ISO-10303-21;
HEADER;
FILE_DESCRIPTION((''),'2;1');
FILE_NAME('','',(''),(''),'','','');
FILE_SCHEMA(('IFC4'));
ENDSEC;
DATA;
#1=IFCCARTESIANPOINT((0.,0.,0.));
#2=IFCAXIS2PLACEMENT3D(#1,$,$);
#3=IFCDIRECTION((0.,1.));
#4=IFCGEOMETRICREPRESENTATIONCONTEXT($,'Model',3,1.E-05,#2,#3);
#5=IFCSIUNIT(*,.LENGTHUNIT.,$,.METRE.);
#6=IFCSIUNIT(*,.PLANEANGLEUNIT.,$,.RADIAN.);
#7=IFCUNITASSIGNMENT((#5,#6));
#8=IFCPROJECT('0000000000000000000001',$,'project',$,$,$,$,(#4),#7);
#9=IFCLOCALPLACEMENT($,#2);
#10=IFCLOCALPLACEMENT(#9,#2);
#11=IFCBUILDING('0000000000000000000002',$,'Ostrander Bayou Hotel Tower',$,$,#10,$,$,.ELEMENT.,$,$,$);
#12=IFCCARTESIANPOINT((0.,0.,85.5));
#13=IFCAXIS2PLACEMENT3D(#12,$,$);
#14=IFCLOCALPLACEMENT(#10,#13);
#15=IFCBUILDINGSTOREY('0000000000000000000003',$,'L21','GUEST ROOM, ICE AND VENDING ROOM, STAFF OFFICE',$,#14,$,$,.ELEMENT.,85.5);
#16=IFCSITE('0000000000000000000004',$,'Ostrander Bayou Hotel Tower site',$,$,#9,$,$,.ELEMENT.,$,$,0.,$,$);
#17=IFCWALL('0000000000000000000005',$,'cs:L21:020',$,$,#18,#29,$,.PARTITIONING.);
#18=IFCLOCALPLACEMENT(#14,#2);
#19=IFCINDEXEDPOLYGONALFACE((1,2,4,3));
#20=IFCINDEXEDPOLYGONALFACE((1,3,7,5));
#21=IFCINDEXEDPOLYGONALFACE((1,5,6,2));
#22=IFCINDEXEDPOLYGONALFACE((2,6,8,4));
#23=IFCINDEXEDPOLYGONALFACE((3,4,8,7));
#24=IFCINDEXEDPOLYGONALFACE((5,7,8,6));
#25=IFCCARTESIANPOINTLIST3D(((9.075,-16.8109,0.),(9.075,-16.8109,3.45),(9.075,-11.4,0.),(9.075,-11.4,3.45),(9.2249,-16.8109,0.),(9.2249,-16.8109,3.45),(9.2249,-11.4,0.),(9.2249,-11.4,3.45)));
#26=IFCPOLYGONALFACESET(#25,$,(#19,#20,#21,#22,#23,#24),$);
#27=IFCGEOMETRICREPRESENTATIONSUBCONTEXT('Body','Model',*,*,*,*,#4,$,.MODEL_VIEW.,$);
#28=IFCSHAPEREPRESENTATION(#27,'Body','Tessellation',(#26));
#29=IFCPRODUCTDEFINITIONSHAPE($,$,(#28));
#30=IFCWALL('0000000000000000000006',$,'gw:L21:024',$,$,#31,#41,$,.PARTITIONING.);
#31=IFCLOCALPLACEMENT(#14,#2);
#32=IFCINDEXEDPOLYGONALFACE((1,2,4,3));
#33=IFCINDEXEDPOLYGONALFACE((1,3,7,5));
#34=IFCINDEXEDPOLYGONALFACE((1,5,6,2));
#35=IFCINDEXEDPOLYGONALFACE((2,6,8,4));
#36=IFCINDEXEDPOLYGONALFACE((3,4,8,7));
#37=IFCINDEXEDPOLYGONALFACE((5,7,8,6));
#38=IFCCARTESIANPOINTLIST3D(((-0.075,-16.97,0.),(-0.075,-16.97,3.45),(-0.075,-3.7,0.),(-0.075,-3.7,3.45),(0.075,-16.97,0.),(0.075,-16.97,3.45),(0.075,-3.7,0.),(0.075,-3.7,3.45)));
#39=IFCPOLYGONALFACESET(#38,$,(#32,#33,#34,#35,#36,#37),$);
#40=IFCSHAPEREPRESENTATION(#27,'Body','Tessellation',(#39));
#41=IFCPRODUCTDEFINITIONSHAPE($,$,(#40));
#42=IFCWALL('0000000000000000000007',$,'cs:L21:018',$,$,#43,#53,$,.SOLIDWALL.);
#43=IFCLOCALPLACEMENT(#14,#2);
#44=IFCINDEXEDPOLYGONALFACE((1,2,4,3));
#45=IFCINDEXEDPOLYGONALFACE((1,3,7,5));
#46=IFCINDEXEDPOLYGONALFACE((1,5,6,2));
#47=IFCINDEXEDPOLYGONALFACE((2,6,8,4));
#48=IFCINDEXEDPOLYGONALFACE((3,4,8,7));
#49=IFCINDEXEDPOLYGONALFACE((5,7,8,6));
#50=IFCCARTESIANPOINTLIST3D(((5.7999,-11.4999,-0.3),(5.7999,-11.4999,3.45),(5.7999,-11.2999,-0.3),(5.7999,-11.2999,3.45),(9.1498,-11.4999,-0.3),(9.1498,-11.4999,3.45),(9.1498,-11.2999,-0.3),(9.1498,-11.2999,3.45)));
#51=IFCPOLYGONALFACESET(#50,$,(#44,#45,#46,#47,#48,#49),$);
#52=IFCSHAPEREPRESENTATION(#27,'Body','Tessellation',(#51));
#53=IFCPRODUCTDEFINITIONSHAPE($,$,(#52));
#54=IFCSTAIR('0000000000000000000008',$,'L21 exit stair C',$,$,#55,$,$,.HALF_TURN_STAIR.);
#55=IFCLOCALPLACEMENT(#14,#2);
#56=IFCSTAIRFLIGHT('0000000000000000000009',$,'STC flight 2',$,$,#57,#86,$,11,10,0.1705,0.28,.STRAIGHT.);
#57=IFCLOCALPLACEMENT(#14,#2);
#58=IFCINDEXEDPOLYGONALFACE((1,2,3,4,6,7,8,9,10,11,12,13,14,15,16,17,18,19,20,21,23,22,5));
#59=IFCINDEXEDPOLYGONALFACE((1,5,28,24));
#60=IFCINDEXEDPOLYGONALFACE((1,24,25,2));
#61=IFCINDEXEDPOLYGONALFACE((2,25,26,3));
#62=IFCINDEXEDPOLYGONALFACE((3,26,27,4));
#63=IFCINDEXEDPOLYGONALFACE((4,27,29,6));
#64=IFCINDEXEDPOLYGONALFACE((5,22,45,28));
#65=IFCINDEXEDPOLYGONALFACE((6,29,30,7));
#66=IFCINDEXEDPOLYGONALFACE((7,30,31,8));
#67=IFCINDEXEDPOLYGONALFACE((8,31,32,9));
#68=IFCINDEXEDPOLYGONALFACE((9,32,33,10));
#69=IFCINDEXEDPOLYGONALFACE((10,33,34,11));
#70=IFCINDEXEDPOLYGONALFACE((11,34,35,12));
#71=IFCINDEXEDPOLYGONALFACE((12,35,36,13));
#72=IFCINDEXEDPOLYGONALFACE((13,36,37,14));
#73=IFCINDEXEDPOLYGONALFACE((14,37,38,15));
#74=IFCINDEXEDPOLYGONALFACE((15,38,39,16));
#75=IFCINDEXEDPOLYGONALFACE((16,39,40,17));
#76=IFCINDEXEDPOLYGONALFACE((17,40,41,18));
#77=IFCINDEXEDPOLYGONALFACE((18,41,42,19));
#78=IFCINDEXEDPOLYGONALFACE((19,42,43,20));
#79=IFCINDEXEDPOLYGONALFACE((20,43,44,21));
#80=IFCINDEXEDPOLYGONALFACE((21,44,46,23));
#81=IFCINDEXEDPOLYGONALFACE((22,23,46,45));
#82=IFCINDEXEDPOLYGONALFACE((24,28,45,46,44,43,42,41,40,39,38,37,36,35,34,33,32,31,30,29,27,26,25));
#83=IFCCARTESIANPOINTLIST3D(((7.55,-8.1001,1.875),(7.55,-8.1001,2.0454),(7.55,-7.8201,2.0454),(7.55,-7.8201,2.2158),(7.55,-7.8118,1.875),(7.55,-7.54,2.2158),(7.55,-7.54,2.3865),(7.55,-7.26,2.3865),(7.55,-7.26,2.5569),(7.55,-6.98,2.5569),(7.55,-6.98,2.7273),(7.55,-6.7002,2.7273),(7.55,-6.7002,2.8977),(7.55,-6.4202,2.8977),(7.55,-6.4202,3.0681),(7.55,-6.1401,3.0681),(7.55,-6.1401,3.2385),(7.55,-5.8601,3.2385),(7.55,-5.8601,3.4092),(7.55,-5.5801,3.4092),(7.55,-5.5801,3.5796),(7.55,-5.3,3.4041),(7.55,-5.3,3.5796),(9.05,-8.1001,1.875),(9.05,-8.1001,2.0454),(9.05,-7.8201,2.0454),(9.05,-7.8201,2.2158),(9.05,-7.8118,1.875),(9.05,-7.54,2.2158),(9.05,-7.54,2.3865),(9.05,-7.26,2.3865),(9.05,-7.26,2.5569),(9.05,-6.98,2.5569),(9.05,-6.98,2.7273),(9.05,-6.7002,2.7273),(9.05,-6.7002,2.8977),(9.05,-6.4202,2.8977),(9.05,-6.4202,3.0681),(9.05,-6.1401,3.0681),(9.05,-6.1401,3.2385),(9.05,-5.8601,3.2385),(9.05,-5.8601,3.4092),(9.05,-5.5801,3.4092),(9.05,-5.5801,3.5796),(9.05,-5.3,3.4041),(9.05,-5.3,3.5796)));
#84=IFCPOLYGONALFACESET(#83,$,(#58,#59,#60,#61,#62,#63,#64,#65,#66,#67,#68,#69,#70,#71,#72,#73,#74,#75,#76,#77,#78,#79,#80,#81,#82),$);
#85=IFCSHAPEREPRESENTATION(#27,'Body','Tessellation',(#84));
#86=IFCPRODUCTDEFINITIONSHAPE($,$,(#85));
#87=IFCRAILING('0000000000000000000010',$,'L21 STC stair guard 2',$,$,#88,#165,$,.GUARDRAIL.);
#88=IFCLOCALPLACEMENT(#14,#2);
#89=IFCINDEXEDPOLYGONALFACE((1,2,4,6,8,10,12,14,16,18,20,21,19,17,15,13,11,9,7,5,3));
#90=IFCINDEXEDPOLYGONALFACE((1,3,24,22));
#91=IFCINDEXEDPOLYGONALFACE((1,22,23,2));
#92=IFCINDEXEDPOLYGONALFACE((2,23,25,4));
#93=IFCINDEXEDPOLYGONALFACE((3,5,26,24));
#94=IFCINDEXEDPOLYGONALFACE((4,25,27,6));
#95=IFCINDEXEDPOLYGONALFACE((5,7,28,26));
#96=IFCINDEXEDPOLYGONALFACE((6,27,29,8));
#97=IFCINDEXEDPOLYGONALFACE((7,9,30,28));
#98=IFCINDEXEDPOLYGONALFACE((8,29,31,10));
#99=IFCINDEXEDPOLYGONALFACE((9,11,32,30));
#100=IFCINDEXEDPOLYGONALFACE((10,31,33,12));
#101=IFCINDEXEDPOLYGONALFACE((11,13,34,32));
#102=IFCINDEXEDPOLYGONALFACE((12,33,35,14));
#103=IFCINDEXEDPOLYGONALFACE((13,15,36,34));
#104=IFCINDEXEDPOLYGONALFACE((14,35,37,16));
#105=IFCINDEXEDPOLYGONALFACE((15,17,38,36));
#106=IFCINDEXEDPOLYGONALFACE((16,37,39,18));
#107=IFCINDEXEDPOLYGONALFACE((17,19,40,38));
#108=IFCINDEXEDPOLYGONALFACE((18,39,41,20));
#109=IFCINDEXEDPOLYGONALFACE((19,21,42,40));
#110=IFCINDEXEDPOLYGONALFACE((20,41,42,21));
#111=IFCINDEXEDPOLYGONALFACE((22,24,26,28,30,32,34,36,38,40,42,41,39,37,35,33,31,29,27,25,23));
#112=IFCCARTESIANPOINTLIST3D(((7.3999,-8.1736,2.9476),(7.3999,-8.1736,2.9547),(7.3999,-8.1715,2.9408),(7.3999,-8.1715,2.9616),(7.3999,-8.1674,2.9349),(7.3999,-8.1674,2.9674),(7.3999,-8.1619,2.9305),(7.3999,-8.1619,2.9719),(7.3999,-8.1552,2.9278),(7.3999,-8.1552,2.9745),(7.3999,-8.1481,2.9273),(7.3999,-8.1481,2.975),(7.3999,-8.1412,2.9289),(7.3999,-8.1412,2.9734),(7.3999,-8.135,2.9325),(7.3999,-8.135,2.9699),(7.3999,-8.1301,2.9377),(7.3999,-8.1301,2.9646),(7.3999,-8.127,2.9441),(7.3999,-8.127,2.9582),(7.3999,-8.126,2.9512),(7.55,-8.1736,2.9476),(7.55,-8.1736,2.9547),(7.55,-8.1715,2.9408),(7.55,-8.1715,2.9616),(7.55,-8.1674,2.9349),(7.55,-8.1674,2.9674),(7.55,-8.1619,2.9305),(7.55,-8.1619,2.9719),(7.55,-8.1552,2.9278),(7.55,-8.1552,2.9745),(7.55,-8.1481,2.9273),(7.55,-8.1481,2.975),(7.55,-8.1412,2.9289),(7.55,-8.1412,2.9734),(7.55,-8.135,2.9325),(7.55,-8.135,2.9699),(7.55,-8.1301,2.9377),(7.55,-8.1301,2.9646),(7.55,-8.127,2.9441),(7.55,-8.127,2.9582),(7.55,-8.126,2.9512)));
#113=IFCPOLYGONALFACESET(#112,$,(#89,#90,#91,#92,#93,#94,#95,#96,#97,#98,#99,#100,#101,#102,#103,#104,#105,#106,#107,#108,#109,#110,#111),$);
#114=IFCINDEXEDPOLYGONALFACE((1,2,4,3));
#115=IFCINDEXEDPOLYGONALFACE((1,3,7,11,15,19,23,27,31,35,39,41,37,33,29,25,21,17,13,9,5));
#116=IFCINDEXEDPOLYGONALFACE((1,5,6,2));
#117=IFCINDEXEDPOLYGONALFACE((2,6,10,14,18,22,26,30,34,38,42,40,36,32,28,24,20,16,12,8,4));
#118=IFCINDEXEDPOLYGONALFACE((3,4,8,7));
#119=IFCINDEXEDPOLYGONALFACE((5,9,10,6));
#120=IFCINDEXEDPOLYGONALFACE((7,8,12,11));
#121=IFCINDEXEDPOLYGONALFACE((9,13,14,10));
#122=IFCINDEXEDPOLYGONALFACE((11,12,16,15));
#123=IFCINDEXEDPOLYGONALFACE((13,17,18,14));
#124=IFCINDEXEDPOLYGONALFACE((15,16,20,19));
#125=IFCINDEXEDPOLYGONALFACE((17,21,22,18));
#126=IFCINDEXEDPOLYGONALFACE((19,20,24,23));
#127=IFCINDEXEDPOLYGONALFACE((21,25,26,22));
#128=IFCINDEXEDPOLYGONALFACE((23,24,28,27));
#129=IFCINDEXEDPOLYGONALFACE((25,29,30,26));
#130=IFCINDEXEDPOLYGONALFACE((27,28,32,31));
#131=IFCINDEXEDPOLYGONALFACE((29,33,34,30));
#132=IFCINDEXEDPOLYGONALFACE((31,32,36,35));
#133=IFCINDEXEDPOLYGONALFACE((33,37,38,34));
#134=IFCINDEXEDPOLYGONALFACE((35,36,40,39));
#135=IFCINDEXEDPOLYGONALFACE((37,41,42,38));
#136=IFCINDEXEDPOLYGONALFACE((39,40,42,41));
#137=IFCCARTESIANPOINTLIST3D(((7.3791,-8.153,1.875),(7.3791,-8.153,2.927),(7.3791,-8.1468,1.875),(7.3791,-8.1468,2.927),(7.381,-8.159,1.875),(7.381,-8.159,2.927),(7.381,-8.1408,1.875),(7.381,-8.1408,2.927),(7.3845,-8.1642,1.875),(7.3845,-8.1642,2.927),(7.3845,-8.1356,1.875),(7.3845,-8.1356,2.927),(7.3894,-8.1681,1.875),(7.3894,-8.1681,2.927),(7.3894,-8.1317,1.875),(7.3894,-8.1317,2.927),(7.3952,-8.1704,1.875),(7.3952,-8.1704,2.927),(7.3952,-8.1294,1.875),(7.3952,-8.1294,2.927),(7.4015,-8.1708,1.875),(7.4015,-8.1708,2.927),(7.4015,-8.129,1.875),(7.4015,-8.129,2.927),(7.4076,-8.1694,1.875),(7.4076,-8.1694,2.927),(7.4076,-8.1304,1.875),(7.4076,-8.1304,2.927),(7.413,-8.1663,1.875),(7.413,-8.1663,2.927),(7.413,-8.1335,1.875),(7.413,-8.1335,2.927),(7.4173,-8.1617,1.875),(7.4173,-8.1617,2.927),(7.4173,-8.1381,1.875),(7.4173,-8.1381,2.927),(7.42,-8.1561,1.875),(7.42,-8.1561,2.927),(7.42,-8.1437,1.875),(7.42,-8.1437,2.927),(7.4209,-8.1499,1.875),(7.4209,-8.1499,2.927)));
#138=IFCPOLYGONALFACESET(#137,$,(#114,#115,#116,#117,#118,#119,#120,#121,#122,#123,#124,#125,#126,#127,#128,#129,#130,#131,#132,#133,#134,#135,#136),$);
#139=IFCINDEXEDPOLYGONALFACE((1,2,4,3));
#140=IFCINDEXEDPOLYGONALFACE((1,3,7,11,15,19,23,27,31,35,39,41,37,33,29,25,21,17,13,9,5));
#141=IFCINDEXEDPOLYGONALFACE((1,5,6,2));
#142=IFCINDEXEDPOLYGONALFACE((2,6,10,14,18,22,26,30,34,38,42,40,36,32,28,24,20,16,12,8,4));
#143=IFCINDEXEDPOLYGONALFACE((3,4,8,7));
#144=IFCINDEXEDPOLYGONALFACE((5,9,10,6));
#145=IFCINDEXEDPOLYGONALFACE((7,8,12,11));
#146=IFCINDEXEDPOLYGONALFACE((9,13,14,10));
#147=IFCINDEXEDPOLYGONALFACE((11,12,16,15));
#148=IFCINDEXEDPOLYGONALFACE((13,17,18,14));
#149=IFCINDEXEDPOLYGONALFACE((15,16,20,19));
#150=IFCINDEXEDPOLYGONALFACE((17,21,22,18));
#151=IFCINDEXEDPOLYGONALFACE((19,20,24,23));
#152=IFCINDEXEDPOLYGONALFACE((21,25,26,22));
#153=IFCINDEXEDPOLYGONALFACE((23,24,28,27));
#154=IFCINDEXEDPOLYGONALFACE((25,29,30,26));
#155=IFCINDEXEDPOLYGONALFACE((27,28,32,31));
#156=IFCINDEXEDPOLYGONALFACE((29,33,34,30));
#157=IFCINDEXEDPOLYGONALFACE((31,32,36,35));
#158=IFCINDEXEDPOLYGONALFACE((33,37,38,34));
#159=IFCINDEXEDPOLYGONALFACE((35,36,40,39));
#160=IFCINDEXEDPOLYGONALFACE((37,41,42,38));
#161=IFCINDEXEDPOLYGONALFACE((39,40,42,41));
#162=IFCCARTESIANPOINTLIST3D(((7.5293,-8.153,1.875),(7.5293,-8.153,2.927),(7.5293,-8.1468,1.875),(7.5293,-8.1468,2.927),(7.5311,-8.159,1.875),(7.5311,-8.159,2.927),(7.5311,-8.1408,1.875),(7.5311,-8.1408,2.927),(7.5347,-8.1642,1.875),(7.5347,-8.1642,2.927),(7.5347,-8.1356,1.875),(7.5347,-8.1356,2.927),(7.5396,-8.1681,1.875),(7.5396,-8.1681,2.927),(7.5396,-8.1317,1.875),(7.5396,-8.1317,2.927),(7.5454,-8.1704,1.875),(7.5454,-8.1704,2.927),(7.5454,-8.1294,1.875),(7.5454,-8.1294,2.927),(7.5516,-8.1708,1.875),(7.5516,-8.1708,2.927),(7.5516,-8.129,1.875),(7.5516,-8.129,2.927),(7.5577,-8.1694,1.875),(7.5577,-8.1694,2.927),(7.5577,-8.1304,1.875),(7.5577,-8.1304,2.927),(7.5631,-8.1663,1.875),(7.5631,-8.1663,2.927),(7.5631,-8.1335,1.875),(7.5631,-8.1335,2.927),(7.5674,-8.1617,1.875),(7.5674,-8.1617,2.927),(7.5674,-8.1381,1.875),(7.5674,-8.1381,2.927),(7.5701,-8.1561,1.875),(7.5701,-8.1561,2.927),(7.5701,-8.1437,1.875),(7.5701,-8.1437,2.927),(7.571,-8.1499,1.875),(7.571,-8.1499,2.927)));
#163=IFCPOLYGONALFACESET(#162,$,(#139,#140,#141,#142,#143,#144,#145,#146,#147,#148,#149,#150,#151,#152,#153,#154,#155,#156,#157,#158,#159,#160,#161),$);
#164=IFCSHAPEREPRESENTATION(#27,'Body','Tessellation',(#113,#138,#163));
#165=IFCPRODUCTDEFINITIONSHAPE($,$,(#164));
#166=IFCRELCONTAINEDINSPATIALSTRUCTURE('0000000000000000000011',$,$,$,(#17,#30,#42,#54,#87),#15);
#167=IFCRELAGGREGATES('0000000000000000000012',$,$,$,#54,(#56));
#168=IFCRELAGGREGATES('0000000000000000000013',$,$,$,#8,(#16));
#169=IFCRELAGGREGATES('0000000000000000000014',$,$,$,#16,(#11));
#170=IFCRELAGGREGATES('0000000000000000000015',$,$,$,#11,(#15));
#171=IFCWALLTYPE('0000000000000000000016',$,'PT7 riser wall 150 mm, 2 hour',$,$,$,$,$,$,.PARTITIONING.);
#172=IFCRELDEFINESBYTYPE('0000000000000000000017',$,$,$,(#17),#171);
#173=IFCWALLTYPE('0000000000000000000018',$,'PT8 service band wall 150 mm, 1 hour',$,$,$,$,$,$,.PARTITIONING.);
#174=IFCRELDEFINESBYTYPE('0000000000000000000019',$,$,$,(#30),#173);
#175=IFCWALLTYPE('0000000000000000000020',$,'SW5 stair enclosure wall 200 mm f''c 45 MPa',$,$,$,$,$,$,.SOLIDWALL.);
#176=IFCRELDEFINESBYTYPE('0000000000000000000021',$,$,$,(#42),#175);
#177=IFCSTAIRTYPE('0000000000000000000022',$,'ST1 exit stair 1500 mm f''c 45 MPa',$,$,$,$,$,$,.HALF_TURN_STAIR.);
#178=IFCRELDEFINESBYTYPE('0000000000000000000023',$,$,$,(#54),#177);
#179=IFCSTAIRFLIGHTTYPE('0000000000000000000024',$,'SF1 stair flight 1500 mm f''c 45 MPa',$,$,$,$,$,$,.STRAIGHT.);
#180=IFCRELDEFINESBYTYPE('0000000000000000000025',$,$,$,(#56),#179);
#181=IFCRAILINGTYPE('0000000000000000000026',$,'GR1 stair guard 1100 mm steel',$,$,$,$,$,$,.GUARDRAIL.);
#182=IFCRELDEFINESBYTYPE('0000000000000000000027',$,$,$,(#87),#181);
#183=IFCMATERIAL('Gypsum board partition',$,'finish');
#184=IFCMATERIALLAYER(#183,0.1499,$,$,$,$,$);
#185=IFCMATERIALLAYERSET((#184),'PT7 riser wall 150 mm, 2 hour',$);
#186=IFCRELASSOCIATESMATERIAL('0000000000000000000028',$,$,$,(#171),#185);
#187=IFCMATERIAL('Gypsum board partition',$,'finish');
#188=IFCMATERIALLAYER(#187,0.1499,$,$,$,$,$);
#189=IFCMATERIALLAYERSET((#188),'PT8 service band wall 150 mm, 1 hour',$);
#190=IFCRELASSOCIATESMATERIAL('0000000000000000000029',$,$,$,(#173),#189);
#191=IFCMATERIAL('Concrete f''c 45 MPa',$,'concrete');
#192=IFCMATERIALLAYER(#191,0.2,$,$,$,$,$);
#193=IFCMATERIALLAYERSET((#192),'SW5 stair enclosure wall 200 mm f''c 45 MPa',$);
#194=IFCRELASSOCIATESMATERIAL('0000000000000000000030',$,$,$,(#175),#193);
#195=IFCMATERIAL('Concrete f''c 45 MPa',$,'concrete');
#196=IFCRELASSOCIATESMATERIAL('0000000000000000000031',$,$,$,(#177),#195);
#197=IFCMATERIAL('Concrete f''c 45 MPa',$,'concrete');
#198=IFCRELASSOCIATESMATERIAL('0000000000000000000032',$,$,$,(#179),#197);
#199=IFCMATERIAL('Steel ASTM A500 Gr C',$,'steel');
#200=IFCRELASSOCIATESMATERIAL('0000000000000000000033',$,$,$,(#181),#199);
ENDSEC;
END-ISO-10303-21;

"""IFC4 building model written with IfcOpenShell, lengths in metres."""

from ifc_helpers import new_model, si_unit, direction, frame, frame_2d, origin, origin_2d, place, context, subcontext, project, spatial, polyline, rectangle, circle, outline, extrude, material, layer, layer_set, type_object, element, aggregate, save


model = new_model("IFC4")

# Units and contexts
model_context = context("Model", 3, precision=1e-05, world=origin(), true_north=direction((0.0, 1.0)))
body_context = subcontext(model_context, "Body", "Model", "MODEL_VIEW")
ifc_project = project(units=[si_unit("LENGTHUNIT", "METRE"), si_unit("PLANEANGLEUNIT", "RADIAN")], contexts=[model_context])

# Site, building, storey
site_placement = place(None, origin())
site = spatial("IfcSite", under=ifc_project, at=site_placement, Name="Ostrander Bayou Hotel Tower site", CompositionType="ELEMENT", RefElevation=0.0)
building_placement = place(site_placement, origin())
building = spatial("IfcBuilding", under=site, at=building_placement, Name="Ostrander Bayou Hotel Tower", CompositionType="ELEMENT")
storey_placement = place(building_placement, frame((0.0, 0.0, 85.5)))
storey = spatial("IfcBuildingStorey", under=building, at=storey_placement, Name="L21", Description="GUEST ROOM, ICE AND VENDING ROOM, STAFF OFFICE", CompositionType="ELEMENT", Elevation=85.5)

# Walls
ifc_material_1 = material(Name="Gypsum board partition", Category="finish")
ifc_layer_1 = layer(ifc_material_1, 0.1499)
ifc_layer_set_1 = layer_set([ifc_layer_1], Name="PT7 riser wall 150 mm, 2 hour")
wall_type_1 = type_object("IfcWallType", Name="PT7 riser wall 150 mm, 2 hour", PredefinedType="PARTITIONING", material=ifc_layer_set_1)
wall_1_placement = place(storey_placement, frame((9.1499, -11.3999, 0.0), z_axis=(0.0, 0.0, 1.0), x_axis=(0.0, -1.0, 0.0)))
element("IfcWall", 1, at=wall_1_placement, inside=storey, type_object=wall_type_1, Name="cs:L21:020", PredefinedType="PARTITIONING", context=body_context, shape_type="SweptSolid", body=[
    extrude(rectangle(XDim=5.4109, YDim=0.1499, at=frame_2d((2.7056, 0.0))), origin(), (0.0, 0.0, 1.0), 3.45),
])
ifc_material_2 = material(Name="Gypsum board partition", Category="finish")
ifc_layer_2 = layer(ifc_material_2, 0.1499)
ifc_layer_set_2 = layer_set([ifc_layer_2], Name="PT8 service band wall 150 mm, 1 hour")
wall_type_2 = type_object("IfcWallType", Name="PT8 service band wall 150 mm, 1 hour", PredefinedType="PARTITIONING", material=ifc_layer_set_2)
wall_2_placement = place(storey_placement, frame((0.0, -16.97, 0.0), z_axis=(0.0, 0.0, 1.0), x_axis=(0.0, 1.0, 0.0)))
element("IfcWall", 2, at=wall_2_placement, inside=storey, type_object=wall_type_2, Name="gw:L21:024", PredefinedType="PARTITIONING", context=body_context, shape_type="SweptSolid", body=[
    extrude(rectangle(XDim=13.27, YDim=0.1499, at=frame_2d((6.635, 0.0))), origin(), (0.0, 0.0, 1.0), 3.45),
])
ifc_material_3 = material(Name="Concrete f'c 45 MPa", Category="concrete")
ifc_layer_3 = layer(ifc_material_3, 0.2)
ifc_layer_set_3 = layer_set([ifc_layer_3], Name="SW5 stair enclosure wall 200 mm f'c 45 MPa")
wall_type_3 = type_object("IfcWallType", Name="SW5 stair enclosure wall 200 mm f'c 45 MPa", PredefinedType="SOLIDWALL", material=ifc_layer_set_3)
wall_3_placement = place(storey_placement, frame((5.8, -11.3999, -0.3), z_axis=(0.0, 0.0, 1.0), x_axis=(1.0, 0.0, 0.0)))
element("IfcWall", 3, at=wall_3_placement, inside=storey, type_object=wall_type_3, Name="cs:L21:018", PredefinedType="SOLIDWALL", context=body_context, shape_type="SweptSolid", body=[
    extrude(rectangle(XDim=3.3499, YDim=0.2, at=frame_2d((1.6748, 0.0))), origin(), (0.0, 0.0, 1.0), 3.75),
])

# Stair, stair flight
ifc_material_4 = material(Name="Concrete f'c 45 MPa", Category="concrete")
stair_type = type_object("IfcStairType", Name="ST1 exit stair 1500 mm f'c 45 MPa", PredefinedType="HALF_TURN_STAIR", material=ifc_material_4)
stair_placement = place(storey_placement, origin())
stair = element("IfcStair", 4, at=stair_placement, inside=storey, type_object=stair_type, Name="L21 exit stair C", PredefinedType="HALF_TURN_STAIR")
ifc_material_5 = material(Name="Concrete f'c 45 MPa", Category="concrete")
stair_flight_type = type_object("IfcStairFlightType", Name="SF1 stair flight 1500 mm f'c 45 MPa", PredefinedType="STRAIGHT", material=ifc_material_5)
stair_flight_placement = place(storey_placement, frame((8.3, -8.1001, 1.875), z_axis=(0.0, 0.0, 1.0), x_axis=(0.0, 1.0, 0.0)))
stair_flight = element("IfcStairFlight", 5, at=stair_flight_placement, type_object=stair_flight_type, Name="STC flight 2", NumberOfRisers=11, NumberOfTreads=10, PredefinedType="STRAIGHT", RiserHeight=0.1705, TreadLength=0.28, context=body_context, shape_type="SweptSolid", body=[
    extrude(outline(polyline([(0.0, 0.0), (0.0, 0.1704), (0.28, 0.1704), (0.28, 0.3408), (0.5601, 0.3408), (0.5601, 0.5115), (0.8401, 0.5115), (0.8401, 0.6819), (1.1201, 0.6819), (1.1201, 0.8523), (1.3999, 0.8523), (1.3999, 1.0227), (1.6799, 1.0227), (1.6799, 1.1931), (1.96, 1.1931), (1.96, 1.3635), (2.24, 1.3635), (2.24, 1.5342), (2.52, 1.5342), (2.52, 1.7046), (2.8, 1.7046), (2.8, 1.875), (2.8, 1.5291), (0.2883, 0.0), (0.0, 0.0)])), frame((0.0, 0.75, 0.0), z_axis=(0.0, -1.0, 0.0), x_axis=(1.0, 0.0, 0.0)), (0.0, 0.0, 1.0), 1.5),
])
aggregate(stair, [stair_flight])

# Railing
ifc_material_6 = material(Name="Steel ASTM A500 Gr C", Category="steel")
railing_type_1 = type_object("IfcRailingType", Name="GR1 stair guard 1100 mm steel", PredefinedType="GUARDRAIL", material=ifc_material_6)
railing_1_placement = place(storey_placement, frame((7.3999, -8.1499, 1.875)))
element("IfcRailing", 6, at=railing_1_placement, inside=storey, type_object=railing_type_1, Name="L21 STC stair guard 2", PredefinedType="GUARDRAIL", context=body_context, shape_type="SweptSolid", body=[
    extrude(circle(Radius=0.0239, at=origin_2d()), frame((0.0, 0.0, 1.0762), z_axis=(1.0, 0.0, 0.0), x_axis=(0.0, 1.0, 0.0)), (0.0, 0.0, 1.0), 0.1501),
    extrude(circle(Radius=0.021, at=origin_2d()), origin(), (0.0, 0.0, 1.0), 1.052),
    extrude(circle(Radius=0.021, at=origin_2d()), frame((0.1501, 0.0, 0.0)), (0.0, 0.0, 1.0), 1.052),
])

save(model, "model.ifc")
